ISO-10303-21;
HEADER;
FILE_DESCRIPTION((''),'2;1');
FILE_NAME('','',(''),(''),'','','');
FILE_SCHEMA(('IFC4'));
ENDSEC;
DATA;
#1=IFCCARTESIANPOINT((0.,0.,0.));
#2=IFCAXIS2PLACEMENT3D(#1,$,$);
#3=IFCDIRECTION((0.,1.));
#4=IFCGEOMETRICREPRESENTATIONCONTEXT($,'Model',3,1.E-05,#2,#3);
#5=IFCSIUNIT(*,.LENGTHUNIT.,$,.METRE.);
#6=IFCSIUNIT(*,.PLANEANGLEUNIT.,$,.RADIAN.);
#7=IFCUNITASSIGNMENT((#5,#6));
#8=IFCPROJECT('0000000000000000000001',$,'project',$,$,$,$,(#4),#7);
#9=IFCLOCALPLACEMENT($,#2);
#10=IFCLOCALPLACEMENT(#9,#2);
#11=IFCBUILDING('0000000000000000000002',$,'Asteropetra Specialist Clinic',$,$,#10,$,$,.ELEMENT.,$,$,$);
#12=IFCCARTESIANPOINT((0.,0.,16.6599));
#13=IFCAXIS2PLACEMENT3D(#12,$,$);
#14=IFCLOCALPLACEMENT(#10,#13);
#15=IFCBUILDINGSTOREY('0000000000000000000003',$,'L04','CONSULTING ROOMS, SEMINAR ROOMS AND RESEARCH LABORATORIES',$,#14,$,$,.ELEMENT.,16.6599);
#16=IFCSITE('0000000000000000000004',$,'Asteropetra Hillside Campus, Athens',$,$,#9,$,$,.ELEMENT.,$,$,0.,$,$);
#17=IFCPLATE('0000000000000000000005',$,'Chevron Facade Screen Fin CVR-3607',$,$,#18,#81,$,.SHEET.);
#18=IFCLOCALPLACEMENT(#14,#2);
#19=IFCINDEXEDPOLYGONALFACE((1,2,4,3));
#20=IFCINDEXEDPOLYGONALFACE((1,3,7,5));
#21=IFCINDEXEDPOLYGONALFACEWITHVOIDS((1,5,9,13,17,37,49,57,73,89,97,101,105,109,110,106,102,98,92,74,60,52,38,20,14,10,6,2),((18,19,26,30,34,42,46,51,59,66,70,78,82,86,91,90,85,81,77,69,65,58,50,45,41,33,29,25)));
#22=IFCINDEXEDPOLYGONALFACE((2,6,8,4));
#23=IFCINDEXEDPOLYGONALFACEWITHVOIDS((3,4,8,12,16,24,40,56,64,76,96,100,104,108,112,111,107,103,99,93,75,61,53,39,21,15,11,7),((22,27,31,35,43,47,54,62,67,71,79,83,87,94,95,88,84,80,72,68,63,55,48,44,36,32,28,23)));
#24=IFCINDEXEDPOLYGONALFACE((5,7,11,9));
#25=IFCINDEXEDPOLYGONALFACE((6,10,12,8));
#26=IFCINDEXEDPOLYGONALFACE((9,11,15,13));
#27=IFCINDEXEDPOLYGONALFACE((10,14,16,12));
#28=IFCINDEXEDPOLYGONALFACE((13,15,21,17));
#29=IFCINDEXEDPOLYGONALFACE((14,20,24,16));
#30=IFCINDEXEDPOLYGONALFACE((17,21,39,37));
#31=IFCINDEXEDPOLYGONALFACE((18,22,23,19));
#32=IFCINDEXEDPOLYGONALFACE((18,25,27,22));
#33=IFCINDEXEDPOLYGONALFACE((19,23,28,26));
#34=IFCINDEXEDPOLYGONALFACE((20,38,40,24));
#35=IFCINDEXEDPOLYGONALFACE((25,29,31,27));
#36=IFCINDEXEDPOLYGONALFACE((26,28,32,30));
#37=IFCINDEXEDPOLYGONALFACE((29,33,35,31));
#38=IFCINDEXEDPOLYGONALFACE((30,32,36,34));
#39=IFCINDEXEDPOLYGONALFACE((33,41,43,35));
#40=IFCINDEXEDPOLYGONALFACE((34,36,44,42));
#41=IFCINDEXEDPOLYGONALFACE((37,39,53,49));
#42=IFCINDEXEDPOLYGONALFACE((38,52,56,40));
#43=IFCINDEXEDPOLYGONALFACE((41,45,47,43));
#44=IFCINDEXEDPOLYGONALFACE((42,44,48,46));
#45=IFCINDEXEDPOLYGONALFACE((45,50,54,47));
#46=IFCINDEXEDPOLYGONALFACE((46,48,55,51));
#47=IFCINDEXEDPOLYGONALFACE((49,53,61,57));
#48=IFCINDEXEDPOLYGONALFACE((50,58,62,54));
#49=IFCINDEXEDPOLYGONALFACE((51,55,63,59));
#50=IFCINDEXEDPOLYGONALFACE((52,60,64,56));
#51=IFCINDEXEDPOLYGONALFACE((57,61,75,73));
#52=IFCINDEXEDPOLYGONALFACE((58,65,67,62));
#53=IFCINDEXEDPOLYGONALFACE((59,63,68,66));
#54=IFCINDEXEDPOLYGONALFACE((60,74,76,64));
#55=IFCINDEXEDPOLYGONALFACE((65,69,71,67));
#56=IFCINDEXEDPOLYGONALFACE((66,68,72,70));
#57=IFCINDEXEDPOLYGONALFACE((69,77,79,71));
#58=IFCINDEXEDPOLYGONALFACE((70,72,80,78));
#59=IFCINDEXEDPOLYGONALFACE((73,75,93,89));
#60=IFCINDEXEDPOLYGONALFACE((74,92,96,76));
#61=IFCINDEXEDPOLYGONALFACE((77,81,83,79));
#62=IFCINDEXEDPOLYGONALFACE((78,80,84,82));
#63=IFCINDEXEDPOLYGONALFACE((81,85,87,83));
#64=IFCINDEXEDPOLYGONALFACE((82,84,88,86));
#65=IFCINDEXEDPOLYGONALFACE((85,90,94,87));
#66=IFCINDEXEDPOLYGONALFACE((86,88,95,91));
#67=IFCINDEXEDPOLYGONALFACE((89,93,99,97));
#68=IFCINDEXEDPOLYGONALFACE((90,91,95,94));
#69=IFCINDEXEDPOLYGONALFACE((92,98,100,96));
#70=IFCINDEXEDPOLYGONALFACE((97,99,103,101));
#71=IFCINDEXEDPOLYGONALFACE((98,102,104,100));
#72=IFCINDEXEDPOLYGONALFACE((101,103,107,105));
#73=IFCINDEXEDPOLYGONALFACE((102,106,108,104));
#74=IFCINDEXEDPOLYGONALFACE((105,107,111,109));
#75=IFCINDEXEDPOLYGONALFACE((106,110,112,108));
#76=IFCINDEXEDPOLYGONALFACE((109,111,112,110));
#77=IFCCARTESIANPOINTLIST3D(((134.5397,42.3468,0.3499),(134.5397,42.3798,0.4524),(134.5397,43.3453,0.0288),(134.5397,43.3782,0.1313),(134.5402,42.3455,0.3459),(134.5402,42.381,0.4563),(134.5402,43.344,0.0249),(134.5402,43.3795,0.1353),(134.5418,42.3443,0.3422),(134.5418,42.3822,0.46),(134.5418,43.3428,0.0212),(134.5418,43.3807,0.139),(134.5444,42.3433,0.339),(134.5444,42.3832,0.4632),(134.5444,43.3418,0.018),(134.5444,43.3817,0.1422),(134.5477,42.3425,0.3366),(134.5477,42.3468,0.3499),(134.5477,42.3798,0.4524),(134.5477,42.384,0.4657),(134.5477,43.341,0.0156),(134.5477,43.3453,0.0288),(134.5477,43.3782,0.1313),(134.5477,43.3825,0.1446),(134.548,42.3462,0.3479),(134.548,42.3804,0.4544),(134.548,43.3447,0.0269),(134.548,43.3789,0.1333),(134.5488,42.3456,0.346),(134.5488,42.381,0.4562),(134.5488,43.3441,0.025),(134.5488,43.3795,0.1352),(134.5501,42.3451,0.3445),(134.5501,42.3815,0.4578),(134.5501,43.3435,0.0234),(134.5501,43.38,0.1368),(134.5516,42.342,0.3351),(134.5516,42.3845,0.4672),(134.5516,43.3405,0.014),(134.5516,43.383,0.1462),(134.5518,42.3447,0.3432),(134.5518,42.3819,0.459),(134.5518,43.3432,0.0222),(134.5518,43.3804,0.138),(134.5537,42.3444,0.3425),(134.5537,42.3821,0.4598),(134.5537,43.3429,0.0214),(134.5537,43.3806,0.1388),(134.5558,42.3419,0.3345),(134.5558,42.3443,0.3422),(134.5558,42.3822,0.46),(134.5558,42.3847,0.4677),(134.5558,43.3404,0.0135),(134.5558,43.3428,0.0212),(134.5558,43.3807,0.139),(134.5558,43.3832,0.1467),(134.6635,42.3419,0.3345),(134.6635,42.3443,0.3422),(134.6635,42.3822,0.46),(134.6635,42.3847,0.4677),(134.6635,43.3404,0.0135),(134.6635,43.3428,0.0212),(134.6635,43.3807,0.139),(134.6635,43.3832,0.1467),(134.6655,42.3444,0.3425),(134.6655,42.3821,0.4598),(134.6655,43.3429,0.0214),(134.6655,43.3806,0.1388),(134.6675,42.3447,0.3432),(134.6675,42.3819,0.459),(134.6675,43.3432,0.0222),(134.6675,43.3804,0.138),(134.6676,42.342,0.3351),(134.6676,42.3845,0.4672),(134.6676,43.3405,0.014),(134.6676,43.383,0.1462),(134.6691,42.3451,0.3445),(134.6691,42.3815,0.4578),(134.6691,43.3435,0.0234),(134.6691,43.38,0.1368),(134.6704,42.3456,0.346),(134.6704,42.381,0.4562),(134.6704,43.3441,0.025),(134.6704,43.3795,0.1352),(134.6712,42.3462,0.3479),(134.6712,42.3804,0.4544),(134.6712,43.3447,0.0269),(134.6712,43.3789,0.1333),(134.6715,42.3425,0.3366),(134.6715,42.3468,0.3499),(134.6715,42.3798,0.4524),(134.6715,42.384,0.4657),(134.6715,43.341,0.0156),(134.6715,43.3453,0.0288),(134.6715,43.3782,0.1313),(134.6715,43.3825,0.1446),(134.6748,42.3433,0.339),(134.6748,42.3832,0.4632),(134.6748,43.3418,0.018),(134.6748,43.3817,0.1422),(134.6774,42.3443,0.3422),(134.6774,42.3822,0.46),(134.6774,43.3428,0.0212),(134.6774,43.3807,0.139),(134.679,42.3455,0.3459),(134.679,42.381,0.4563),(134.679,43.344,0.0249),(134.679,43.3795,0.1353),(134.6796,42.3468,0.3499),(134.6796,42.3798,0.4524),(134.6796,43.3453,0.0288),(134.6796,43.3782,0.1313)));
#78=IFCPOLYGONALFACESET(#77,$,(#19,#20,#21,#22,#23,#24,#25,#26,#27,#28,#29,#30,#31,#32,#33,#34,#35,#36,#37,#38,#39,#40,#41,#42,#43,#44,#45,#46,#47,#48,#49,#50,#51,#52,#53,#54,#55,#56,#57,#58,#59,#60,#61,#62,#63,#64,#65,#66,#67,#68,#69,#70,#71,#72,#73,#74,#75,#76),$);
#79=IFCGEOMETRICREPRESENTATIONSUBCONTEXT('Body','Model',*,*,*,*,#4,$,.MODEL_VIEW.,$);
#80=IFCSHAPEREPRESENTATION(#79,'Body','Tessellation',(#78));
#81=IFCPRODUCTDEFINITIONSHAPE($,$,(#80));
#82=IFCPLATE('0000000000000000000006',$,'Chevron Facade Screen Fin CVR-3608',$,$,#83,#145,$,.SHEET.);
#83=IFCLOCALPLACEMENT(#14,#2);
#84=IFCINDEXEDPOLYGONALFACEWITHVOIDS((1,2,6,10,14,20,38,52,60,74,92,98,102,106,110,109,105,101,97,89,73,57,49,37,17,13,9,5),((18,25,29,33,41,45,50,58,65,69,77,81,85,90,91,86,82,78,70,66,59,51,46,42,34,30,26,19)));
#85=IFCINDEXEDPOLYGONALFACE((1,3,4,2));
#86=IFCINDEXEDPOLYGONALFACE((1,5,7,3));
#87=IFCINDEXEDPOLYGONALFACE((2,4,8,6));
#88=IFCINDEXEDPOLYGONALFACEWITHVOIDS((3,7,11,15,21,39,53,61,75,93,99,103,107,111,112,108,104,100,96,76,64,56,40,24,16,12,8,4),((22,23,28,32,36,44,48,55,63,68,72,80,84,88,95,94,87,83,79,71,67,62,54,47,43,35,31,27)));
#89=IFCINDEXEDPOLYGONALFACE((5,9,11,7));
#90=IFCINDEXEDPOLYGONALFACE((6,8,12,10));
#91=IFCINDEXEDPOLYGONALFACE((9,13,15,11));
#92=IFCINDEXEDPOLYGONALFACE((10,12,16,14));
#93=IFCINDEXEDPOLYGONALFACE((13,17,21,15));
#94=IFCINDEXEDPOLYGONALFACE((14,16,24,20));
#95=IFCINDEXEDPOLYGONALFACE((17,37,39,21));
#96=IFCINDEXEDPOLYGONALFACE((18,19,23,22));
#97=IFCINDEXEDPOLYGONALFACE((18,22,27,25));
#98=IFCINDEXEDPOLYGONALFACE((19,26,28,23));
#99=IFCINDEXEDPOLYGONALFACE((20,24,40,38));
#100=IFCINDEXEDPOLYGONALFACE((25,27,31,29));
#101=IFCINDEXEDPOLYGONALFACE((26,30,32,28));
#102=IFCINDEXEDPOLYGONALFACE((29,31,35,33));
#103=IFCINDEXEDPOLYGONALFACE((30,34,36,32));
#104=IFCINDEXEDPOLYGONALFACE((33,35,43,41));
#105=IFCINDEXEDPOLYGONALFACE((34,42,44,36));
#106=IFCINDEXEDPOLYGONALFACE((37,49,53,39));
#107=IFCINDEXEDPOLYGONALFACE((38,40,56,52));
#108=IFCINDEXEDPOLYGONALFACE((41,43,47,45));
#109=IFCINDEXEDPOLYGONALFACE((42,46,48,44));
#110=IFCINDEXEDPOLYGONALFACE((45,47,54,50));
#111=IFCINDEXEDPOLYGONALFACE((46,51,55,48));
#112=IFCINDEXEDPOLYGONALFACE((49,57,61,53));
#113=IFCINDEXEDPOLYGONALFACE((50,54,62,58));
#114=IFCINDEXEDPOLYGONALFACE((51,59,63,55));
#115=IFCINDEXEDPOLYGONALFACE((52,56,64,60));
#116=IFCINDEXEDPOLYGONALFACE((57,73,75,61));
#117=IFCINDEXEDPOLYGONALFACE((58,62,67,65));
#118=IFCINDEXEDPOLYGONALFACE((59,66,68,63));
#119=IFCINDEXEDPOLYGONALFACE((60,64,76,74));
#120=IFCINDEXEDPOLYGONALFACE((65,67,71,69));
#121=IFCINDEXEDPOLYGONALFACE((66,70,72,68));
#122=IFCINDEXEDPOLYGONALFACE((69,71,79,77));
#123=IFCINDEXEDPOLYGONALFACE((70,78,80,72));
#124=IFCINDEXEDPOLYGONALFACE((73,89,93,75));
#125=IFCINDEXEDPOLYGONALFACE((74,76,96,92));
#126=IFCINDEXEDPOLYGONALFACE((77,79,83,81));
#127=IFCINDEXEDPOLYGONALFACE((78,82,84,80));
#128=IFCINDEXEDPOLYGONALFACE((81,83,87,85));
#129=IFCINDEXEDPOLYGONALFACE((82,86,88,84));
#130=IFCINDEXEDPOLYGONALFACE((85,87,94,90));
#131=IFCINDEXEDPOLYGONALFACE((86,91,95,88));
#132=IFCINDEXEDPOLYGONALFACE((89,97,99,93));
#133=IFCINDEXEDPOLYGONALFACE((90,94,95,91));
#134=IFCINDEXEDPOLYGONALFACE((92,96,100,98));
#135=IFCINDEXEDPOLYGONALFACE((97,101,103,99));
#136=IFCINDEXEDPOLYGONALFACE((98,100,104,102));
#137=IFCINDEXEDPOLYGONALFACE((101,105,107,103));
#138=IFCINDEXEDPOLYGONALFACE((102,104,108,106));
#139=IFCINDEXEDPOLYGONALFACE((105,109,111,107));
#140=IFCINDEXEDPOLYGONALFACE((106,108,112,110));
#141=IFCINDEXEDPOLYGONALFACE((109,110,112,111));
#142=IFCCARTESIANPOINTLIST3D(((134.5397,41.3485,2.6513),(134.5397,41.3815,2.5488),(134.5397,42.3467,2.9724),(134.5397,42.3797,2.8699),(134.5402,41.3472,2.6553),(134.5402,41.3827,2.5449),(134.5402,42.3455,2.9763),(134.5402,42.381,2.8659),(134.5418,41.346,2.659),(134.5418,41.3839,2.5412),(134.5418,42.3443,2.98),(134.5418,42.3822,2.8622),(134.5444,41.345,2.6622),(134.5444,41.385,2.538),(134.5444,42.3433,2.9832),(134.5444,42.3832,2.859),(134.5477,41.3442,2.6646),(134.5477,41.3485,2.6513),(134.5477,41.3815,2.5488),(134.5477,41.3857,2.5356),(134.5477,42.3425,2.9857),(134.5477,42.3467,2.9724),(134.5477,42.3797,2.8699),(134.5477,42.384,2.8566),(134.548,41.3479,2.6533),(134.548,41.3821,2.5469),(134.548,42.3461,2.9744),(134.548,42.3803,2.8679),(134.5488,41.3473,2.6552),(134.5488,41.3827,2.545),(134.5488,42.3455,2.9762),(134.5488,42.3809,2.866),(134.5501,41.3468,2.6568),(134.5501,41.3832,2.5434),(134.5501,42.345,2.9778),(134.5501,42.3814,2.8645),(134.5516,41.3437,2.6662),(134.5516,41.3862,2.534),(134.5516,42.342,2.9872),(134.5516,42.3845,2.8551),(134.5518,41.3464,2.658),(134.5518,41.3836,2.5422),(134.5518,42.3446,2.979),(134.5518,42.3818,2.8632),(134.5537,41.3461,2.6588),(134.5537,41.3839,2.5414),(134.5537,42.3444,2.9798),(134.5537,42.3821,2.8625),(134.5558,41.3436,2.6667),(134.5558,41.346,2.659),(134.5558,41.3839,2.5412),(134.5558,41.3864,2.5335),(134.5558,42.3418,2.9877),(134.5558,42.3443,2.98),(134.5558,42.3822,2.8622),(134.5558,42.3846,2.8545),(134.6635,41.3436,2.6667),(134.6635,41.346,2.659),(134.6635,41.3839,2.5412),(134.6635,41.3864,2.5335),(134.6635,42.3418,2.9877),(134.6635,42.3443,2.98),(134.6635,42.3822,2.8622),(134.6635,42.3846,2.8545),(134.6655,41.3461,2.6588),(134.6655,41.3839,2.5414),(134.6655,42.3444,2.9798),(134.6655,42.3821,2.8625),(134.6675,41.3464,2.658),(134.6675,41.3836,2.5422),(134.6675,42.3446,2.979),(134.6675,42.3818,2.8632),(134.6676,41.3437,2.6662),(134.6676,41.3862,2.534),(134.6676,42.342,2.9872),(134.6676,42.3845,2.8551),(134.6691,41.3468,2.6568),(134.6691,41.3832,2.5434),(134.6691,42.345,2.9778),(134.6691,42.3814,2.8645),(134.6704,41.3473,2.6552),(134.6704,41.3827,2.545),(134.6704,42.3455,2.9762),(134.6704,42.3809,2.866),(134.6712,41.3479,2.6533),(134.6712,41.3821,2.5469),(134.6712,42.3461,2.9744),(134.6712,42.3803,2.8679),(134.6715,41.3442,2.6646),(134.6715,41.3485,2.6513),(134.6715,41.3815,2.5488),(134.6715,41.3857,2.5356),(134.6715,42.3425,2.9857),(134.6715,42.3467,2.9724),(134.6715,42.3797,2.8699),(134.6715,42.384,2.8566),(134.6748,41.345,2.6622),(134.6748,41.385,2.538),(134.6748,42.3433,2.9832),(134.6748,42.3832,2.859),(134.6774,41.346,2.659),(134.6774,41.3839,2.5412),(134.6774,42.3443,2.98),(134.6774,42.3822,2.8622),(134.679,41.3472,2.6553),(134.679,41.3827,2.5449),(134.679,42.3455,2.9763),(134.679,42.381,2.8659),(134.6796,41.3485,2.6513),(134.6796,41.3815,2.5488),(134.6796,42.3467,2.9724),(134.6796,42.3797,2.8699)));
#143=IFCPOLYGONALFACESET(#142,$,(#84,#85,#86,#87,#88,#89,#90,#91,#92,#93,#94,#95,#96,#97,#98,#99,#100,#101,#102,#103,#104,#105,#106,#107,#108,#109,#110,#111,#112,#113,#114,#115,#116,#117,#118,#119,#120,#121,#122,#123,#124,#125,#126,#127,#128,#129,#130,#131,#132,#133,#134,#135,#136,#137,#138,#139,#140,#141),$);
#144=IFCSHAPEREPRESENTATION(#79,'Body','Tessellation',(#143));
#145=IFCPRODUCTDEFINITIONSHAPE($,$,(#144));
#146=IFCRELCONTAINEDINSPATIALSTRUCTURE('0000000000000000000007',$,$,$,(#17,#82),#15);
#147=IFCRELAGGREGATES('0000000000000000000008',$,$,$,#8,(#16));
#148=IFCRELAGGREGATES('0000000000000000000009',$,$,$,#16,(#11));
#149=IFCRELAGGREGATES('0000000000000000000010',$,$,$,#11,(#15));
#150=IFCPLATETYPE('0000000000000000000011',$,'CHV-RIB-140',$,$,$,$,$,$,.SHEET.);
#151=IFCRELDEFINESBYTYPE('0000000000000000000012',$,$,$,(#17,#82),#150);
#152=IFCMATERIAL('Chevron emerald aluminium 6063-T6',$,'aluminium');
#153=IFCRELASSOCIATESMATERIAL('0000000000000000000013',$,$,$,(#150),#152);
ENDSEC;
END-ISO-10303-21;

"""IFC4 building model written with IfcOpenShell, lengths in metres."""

from ifc_helpers import new_model, si_unit, direction, frame, origin, origin_2d, place, context, subcontext, project, spatial, hollow_rectangle, extrude, material, material_profile, profile_set, type_object, element, save


model = new_model("IFC4")

# Units and contexts
model_context = context("Model", 3, precision=1e-05, world=origin(), true_north=direction((0.0, 1.0)))
body_context = subcontext(model_context, "Body", "Model", "MODEL_VIEW")
ifc_project = project(units=[si_unit("LENGTHUNIT", "METRE"), si_unit("PLANEANGLEUNIT", "RADIAN")], contexts=[model_context])

# Site, building, storey
site_placement = place(None, origin())
site = spatial("IfcSite", under=ifc_project, at=site_placement, Name="Asteropetra Hillside Campus, Athens", CompositionType="ELEMENT", RefElevation=0.0)
building_placement = place(site_placement, origin())
building = spatial("IfcBuilding", under=site, at=building_placement, Name="Asteropetra Specialist Clinic", CompositionType="ELEMENT")
storey_placement = place(building_placement, frame((0.0, 0.0, 16.6599)))
storey = spatial("IfcBuildingStorey", under=building, at=storey_placement, Name="L04", Description="CONSULTING ROOMS, SEMINAR ROOMS AND RESEARCH LABORATORIES", CompositionType="ELEMENT", Elevation=16.6599)

# Plates
ifc_material_1 = material(Name="Chevron emerald aluminium 6063-T6", Category="aluminium")
ifc_material_profile_1 = material_profile(ifc_material_1, hollow_rectangle(XDim=0.1399, YDim=0.1399, WallThickness=0.0081, InnerFilletRadius=0.0081, OuterFilletRadius=0.0161, at=origin_2d()), Name="SHS 140x140x8.0")
ifc_profile_set_1 = profile_set([ifc_material_profile_1], Name="Chevron emerald aluminium 6063-T6")
plate_type = type_object("IfcPlateType", Name="CHV-RIB-140", PredefinedType="SHEET", material=ifc_profile_set_1)
plate_1_placement = place(storey_placement, frame((134.6096, 42.3633, 0.4011), z_axis=(0.0, 0.952004, -0.306085), x_axis=(-1.0, 0.0, 0.0)))
element("IfcPlate", 1, at=plate_1_placement, inside=storey, type_object=plate_type, Name="Chevron Facade Screen Fin CVR-3607", PredefinedType="SHEET", context=body_context, shape_type="SweptSolid", body=[
    extrude(hollow_rectangle(XDim=0.1399, YDim=0.1399, WallThickness=0.0081, InnerFilletRadius=0.0081, OuterFilletRadius=0.0161, at=origin_2d()), origin(), (0.0, 0.0, 1.0), 1.0488),
])
plate_2_placement = place(storey_placement, frame((134.6096, 41.365, 2.6001), z_axis=(0.0, 0.951983, 0.306152), x_axis=(-1.0, 0.0, 0.0)))
element("IfcPlate", 2, at=plate_2_placement, inside=storey, type_object=plate_type, Name="Chevron Facade Screen Fin CVR-3608", PredefinedType="SHEET", context=body_context, shape_type="SweptSolid", body=[
    extrude(hollow_rectangle(XDim=0.1399, YDim=0.1399, WallThickness=0.0081, InnerFilletRadius=0.0081, OuterFilletRadius=0.0161, at=origin_2d()), origin(), (0.0, 0.0, 1.0), 1.0486),
])

save(model, "model.ifc")
